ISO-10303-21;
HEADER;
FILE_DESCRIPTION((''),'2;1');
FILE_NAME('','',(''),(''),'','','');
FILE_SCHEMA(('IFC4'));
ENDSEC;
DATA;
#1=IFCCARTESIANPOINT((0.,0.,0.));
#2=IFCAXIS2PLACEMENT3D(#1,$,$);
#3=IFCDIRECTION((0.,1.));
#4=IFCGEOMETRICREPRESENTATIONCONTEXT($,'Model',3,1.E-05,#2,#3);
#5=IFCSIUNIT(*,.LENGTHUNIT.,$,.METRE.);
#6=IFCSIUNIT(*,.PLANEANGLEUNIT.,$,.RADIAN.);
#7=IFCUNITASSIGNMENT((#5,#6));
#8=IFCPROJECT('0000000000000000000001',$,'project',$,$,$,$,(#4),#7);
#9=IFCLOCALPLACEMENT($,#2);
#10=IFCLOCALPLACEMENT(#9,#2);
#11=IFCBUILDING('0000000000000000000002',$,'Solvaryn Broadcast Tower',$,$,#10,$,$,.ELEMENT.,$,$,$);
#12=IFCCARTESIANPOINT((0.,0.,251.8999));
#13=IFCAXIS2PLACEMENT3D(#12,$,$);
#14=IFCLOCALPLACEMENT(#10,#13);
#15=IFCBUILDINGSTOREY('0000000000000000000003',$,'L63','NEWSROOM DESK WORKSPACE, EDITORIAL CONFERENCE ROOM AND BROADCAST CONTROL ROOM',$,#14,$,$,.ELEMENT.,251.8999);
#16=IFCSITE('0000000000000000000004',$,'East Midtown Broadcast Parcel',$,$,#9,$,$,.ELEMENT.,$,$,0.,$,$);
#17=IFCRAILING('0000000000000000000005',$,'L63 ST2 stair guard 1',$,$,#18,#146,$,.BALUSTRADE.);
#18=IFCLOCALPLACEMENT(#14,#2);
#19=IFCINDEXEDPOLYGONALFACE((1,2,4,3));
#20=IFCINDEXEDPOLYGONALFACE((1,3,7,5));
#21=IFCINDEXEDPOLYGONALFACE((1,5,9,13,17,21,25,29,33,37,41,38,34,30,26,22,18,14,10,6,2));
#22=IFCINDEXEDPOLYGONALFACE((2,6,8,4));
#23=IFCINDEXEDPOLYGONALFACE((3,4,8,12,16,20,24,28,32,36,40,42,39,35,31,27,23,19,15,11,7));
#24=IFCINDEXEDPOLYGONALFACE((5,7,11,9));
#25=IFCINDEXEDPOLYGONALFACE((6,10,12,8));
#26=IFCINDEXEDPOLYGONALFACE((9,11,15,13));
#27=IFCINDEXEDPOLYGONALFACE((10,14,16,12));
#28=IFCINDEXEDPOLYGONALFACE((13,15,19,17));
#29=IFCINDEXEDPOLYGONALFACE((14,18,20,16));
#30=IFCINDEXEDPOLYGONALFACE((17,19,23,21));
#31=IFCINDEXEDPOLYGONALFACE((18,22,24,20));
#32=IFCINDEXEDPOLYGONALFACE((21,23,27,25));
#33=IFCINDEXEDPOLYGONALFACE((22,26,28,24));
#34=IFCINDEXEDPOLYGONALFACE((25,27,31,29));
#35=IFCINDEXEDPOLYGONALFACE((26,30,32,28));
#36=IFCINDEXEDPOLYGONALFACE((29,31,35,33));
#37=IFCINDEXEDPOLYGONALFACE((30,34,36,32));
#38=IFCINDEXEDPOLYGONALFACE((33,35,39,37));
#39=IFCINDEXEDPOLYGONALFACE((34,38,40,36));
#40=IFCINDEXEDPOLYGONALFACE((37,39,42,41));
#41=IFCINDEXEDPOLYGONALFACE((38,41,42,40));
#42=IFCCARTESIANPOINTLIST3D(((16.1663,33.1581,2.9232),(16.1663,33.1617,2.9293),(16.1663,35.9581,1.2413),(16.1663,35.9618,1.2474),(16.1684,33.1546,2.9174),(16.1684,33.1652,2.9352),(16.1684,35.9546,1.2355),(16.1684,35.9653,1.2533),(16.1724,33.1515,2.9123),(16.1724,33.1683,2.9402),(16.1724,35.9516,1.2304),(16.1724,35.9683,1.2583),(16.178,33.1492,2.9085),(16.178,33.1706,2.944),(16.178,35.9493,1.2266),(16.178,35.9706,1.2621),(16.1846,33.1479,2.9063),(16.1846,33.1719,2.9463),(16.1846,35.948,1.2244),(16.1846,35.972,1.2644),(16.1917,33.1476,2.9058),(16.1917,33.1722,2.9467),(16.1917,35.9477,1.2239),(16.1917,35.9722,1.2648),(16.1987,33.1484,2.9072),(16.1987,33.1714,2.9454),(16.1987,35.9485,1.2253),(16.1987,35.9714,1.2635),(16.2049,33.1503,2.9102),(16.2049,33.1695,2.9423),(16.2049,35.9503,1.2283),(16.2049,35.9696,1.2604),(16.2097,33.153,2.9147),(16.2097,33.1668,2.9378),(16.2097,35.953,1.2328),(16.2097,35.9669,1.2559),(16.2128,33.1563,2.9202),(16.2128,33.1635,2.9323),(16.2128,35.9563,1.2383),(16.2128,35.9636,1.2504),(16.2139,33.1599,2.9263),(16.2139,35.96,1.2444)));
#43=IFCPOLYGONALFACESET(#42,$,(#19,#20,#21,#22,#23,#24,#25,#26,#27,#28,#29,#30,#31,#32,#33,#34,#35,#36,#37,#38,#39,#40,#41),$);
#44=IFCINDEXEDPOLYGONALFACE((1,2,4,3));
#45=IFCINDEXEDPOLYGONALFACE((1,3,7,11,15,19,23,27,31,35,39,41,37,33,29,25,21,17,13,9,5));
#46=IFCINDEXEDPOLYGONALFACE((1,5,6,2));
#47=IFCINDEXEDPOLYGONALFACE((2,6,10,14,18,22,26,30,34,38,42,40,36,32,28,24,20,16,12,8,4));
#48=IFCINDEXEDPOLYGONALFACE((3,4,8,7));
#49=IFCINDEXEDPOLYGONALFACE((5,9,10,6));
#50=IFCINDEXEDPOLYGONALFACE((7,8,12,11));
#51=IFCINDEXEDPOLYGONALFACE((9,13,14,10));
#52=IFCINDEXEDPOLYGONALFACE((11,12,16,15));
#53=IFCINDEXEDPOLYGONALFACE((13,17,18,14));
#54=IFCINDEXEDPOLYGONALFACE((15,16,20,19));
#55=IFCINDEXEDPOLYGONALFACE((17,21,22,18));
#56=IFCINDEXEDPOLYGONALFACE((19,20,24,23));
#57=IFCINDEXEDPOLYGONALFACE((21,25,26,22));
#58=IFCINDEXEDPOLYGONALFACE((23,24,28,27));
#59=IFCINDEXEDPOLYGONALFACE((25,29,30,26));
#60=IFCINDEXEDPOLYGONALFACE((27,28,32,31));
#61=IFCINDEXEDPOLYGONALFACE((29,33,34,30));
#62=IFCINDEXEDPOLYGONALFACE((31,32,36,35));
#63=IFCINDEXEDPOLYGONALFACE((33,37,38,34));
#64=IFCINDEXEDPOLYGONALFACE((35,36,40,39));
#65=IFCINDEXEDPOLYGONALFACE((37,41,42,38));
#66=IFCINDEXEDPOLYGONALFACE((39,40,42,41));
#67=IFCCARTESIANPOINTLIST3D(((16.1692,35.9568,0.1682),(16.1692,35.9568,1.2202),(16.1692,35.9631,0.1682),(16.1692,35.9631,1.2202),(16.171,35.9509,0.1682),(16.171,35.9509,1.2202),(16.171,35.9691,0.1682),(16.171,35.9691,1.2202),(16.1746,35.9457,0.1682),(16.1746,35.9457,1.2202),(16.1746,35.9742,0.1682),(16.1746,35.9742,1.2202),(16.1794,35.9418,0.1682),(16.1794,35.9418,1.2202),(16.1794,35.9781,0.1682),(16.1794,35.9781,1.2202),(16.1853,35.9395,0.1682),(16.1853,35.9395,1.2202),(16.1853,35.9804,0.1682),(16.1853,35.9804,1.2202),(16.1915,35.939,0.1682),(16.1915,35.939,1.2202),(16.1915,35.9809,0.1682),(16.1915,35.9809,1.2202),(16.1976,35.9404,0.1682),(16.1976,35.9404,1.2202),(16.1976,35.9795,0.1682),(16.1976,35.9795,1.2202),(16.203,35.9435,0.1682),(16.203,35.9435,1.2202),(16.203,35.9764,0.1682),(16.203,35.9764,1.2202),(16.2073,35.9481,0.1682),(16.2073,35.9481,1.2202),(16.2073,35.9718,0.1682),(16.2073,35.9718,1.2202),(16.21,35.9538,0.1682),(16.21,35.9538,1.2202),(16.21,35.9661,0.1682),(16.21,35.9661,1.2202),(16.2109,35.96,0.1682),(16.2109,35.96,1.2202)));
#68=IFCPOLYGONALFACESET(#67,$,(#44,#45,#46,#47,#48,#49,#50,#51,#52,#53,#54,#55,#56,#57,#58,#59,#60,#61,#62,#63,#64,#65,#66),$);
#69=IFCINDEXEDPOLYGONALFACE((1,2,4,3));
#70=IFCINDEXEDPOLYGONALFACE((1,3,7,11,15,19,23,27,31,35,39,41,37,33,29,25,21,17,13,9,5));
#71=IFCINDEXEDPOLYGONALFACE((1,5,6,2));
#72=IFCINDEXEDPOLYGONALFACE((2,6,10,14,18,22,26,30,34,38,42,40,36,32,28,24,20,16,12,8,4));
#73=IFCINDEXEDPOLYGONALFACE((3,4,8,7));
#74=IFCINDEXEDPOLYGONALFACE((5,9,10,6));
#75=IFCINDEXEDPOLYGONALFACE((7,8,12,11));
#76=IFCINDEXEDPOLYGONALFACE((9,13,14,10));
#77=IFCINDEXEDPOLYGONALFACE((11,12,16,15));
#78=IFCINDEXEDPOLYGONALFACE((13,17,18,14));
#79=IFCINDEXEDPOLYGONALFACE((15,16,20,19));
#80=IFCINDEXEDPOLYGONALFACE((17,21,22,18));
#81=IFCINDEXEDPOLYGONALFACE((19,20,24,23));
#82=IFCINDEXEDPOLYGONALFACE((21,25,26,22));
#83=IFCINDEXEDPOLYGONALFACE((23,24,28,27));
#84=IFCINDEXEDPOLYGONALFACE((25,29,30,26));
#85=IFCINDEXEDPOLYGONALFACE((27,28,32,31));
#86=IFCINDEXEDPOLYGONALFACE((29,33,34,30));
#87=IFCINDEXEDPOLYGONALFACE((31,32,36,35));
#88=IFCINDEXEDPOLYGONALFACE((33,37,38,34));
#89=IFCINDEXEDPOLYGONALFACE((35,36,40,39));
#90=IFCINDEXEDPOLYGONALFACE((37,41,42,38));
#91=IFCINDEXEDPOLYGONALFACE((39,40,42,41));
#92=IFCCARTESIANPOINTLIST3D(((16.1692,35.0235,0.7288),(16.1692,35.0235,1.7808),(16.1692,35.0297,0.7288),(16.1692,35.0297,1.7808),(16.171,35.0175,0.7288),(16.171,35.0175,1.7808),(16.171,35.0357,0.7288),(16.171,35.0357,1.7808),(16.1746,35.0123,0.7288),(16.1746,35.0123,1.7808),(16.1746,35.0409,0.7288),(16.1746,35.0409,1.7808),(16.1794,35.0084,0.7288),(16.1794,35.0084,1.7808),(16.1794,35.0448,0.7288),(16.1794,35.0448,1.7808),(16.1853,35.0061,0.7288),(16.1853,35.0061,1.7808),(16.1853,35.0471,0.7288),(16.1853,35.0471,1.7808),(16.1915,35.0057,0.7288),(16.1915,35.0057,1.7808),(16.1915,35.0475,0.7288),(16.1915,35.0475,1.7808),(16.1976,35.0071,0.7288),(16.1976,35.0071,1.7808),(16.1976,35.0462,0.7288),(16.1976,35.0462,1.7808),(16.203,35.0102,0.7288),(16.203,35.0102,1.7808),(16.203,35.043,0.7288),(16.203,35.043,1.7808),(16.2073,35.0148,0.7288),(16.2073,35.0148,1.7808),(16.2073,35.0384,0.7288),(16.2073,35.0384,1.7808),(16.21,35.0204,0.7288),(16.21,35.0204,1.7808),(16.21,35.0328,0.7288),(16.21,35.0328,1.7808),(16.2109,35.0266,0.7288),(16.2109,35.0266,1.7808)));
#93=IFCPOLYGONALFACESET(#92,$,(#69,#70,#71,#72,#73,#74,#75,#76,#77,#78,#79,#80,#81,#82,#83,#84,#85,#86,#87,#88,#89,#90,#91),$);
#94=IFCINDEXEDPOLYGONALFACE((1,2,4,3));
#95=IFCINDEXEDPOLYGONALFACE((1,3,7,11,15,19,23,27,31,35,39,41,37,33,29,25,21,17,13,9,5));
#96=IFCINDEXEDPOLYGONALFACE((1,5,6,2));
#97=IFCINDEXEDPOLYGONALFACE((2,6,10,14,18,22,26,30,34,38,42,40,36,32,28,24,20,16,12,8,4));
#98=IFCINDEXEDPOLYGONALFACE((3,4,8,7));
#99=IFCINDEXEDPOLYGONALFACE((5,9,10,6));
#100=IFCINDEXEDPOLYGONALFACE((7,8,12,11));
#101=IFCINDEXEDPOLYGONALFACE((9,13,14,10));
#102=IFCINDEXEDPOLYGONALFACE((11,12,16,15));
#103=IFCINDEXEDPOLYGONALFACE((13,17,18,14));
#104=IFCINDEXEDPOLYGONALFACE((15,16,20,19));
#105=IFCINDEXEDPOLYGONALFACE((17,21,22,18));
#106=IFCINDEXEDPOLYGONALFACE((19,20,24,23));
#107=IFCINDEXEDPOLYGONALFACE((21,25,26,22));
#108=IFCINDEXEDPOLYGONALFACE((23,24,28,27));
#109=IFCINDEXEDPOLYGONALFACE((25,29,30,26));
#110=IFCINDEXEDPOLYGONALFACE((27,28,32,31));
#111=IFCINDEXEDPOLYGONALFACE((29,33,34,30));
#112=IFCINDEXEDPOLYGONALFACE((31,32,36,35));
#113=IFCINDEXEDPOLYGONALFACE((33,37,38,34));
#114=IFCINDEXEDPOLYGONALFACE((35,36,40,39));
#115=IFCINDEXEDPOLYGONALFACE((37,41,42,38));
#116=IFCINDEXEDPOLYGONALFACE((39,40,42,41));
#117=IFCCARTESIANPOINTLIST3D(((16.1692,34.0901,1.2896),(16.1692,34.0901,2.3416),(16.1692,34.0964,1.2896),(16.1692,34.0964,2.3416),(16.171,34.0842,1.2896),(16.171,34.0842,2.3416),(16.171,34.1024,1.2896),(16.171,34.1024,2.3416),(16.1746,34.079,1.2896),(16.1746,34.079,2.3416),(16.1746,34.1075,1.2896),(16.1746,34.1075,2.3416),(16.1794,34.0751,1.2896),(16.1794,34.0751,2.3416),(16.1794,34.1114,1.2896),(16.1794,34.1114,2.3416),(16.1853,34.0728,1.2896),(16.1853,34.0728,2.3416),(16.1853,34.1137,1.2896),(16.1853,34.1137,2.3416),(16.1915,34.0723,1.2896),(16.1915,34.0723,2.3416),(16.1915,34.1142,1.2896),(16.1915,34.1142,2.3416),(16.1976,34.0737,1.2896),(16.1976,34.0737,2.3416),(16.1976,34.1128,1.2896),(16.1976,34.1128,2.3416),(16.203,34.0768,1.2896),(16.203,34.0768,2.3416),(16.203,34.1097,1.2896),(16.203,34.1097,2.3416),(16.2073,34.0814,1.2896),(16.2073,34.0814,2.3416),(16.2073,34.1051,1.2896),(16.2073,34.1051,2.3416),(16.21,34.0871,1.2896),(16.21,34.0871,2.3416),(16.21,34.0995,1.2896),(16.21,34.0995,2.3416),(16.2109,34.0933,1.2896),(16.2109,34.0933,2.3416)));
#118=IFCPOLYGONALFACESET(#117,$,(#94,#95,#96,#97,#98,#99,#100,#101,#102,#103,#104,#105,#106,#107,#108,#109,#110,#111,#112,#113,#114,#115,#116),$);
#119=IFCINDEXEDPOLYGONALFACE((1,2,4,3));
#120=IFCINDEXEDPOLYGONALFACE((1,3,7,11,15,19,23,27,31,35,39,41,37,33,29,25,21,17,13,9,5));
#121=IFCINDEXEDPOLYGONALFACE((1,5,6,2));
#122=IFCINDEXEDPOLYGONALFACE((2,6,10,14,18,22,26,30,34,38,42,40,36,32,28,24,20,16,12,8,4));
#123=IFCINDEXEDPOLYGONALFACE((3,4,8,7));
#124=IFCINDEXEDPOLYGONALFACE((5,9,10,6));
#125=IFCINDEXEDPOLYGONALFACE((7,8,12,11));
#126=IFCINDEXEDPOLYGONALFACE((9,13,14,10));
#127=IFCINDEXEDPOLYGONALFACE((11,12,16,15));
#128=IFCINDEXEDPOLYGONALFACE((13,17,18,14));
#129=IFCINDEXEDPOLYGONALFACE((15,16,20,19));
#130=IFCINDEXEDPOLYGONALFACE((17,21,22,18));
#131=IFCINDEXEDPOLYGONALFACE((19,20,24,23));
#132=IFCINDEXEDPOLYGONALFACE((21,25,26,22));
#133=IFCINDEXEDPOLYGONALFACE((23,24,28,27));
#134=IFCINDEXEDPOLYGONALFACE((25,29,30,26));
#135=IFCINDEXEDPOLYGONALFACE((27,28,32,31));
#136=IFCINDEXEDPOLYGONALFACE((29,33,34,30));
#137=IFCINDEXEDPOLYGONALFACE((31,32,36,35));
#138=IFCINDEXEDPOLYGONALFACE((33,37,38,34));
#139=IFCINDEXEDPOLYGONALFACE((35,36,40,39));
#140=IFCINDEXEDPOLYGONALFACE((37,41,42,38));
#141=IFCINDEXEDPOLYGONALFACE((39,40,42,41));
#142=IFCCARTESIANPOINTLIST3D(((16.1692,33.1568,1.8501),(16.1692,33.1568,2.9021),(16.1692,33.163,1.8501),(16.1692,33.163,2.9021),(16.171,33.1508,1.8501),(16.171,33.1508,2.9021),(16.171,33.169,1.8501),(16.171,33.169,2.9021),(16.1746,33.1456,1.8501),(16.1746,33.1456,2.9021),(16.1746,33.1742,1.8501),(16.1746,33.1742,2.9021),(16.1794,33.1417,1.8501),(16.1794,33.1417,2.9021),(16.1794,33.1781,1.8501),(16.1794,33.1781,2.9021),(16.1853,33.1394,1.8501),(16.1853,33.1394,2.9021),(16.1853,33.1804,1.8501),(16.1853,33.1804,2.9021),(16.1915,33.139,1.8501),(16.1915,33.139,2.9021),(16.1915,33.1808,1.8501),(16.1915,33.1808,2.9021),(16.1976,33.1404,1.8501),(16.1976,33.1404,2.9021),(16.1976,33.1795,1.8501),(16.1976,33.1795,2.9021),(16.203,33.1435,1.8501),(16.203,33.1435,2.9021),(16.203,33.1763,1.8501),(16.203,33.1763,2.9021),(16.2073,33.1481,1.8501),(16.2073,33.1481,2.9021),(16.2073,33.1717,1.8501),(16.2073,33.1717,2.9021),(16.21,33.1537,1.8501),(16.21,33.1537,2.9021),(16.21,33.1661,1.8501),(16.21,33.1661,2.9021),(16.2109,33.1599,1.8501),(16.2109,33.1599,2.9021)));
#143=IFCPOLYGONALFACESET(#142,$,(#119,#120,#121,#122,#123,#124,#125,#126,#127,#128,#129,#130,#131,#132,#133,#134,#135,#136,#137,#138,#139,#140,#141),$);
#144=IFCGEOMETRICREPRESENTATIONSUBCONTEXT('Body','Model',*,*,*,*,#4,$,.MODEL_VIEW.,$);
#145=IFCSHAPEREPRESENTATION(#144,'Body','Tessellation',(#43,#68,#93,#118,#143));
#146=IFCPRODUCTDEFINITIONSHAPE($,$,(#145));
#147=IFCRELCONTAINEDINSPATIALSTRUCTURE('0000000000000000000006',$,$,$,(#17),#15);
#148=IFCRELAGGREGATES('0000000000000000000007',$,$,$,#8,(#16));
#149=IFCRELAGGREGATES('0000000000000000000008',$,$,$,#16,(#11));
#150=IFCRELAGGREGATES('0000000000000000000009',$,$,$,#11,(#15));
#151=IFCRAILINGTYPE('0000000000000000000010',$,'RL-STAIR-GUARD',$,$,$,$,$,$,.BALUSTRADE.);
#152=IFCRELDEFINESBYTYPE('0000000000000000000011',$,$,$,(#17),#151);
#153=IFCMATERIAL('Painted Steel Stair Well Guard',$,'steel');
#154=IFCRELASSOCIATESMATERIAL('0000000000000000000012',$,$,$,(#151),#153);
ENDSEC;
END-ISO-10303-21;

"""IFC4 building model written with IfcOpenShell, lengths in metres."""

from ifc_helpers import new_model, si_unit, direction, frame, origin, origin_2d, place, context, subcontext, project, spatial, circle, extrude, material, type_object, element, save


model = new_model("IFC4")

# Units and contexts
model_context = context("Model", 3, precision=1e-05, world=origin(), true_north=direction((0.0, 1.0)))
body_context = subcontext(model_context, "Body", "Model", "MODEL_VIEW")
ifc_project = project(units=[si_unit("LENGTHUNIT", "METRE"), si_unit("PLANEANGLEUNIT", "RADIAN")], contexts=[model_context])

# Site, building, storey
site_placement = place(None, origin())
site = spatial("IfcSite", under=ifc_project, at=site_placement, Name="East Midtown Broadcast Parcel", CompositionType="ELEMENT", RefElevation=0.0)
building_placement = place(site_placement, origin())
building = spatial("IfcBuilding", under=site, at=building_placement, Name="Solvaryn Broadcast Tower", CompositionType="ELEMENT")
storey_placement = place(building_placement, frame((0.0, 0.0, 251.8999)))
storey = spatial("IfcBuildingStorey", under=building, at=storey_placement, Name="L63", Description="NEWSROOM DESK WORKSPACE, EDITORIAL CONFERENCE ROOM AND BROADCAST CONTROL ROOM", CompositionType="ELEMENT", Elevation=251.8999)

# Railing
ifc_material_1 = material(Name="Painted Steel Stair Well Guard", Category="steel")
railing_type_1 = type_object("IfcRailingType", Name="RL-STAIR-GUARD", PredefinedType="BALUSTRADE", material=ifc_material_1)
railing_1_placement = place(storey_placement, frame((16.1899, 35.96, 0.1682)))
element("IfcRailing", 1, at=railing_1_placement, inside=storey, type_object=railing_type_1, Name="L63 ST2 stair guard 1", PredefinedType="BALUSTRADE", context=body_context, shape_type="SweptSolid", body=[
    extrude(circle(Radius=0.0239, at=origin_2d()), frame((0.0, 0.0, 1.0762), z_axis=(0.0, -0.857242, 0.514913), x_axis=(1.0, 0.0, 0.0)), (0.0, 0.0, 1.0), 3.2664),
    extrude(circle(Radius=0.021, at=origin_2d()), origin(), (0.0, 0.0, 1.0), 1.052),
    extrude(circle(Radius=0.021, at=origin_2d()), frame((0.0, -0.9333, 0.5605)), (0.0, 0.0, 1.0), 1.052),
    extrude(circle(Radius=0.021, at=origin_2d()), frame((0.0, -1.8667, 1.1213)), (0.0, 0.0, 1.0), 1.052),
    extrude(circle(Radius=0.021, at=origin_2d()), frame((0.0, -2.8, 1.6819)), (0.0, 0.0, 1.0), 1.052),
])

save(model, "model.ifc")
